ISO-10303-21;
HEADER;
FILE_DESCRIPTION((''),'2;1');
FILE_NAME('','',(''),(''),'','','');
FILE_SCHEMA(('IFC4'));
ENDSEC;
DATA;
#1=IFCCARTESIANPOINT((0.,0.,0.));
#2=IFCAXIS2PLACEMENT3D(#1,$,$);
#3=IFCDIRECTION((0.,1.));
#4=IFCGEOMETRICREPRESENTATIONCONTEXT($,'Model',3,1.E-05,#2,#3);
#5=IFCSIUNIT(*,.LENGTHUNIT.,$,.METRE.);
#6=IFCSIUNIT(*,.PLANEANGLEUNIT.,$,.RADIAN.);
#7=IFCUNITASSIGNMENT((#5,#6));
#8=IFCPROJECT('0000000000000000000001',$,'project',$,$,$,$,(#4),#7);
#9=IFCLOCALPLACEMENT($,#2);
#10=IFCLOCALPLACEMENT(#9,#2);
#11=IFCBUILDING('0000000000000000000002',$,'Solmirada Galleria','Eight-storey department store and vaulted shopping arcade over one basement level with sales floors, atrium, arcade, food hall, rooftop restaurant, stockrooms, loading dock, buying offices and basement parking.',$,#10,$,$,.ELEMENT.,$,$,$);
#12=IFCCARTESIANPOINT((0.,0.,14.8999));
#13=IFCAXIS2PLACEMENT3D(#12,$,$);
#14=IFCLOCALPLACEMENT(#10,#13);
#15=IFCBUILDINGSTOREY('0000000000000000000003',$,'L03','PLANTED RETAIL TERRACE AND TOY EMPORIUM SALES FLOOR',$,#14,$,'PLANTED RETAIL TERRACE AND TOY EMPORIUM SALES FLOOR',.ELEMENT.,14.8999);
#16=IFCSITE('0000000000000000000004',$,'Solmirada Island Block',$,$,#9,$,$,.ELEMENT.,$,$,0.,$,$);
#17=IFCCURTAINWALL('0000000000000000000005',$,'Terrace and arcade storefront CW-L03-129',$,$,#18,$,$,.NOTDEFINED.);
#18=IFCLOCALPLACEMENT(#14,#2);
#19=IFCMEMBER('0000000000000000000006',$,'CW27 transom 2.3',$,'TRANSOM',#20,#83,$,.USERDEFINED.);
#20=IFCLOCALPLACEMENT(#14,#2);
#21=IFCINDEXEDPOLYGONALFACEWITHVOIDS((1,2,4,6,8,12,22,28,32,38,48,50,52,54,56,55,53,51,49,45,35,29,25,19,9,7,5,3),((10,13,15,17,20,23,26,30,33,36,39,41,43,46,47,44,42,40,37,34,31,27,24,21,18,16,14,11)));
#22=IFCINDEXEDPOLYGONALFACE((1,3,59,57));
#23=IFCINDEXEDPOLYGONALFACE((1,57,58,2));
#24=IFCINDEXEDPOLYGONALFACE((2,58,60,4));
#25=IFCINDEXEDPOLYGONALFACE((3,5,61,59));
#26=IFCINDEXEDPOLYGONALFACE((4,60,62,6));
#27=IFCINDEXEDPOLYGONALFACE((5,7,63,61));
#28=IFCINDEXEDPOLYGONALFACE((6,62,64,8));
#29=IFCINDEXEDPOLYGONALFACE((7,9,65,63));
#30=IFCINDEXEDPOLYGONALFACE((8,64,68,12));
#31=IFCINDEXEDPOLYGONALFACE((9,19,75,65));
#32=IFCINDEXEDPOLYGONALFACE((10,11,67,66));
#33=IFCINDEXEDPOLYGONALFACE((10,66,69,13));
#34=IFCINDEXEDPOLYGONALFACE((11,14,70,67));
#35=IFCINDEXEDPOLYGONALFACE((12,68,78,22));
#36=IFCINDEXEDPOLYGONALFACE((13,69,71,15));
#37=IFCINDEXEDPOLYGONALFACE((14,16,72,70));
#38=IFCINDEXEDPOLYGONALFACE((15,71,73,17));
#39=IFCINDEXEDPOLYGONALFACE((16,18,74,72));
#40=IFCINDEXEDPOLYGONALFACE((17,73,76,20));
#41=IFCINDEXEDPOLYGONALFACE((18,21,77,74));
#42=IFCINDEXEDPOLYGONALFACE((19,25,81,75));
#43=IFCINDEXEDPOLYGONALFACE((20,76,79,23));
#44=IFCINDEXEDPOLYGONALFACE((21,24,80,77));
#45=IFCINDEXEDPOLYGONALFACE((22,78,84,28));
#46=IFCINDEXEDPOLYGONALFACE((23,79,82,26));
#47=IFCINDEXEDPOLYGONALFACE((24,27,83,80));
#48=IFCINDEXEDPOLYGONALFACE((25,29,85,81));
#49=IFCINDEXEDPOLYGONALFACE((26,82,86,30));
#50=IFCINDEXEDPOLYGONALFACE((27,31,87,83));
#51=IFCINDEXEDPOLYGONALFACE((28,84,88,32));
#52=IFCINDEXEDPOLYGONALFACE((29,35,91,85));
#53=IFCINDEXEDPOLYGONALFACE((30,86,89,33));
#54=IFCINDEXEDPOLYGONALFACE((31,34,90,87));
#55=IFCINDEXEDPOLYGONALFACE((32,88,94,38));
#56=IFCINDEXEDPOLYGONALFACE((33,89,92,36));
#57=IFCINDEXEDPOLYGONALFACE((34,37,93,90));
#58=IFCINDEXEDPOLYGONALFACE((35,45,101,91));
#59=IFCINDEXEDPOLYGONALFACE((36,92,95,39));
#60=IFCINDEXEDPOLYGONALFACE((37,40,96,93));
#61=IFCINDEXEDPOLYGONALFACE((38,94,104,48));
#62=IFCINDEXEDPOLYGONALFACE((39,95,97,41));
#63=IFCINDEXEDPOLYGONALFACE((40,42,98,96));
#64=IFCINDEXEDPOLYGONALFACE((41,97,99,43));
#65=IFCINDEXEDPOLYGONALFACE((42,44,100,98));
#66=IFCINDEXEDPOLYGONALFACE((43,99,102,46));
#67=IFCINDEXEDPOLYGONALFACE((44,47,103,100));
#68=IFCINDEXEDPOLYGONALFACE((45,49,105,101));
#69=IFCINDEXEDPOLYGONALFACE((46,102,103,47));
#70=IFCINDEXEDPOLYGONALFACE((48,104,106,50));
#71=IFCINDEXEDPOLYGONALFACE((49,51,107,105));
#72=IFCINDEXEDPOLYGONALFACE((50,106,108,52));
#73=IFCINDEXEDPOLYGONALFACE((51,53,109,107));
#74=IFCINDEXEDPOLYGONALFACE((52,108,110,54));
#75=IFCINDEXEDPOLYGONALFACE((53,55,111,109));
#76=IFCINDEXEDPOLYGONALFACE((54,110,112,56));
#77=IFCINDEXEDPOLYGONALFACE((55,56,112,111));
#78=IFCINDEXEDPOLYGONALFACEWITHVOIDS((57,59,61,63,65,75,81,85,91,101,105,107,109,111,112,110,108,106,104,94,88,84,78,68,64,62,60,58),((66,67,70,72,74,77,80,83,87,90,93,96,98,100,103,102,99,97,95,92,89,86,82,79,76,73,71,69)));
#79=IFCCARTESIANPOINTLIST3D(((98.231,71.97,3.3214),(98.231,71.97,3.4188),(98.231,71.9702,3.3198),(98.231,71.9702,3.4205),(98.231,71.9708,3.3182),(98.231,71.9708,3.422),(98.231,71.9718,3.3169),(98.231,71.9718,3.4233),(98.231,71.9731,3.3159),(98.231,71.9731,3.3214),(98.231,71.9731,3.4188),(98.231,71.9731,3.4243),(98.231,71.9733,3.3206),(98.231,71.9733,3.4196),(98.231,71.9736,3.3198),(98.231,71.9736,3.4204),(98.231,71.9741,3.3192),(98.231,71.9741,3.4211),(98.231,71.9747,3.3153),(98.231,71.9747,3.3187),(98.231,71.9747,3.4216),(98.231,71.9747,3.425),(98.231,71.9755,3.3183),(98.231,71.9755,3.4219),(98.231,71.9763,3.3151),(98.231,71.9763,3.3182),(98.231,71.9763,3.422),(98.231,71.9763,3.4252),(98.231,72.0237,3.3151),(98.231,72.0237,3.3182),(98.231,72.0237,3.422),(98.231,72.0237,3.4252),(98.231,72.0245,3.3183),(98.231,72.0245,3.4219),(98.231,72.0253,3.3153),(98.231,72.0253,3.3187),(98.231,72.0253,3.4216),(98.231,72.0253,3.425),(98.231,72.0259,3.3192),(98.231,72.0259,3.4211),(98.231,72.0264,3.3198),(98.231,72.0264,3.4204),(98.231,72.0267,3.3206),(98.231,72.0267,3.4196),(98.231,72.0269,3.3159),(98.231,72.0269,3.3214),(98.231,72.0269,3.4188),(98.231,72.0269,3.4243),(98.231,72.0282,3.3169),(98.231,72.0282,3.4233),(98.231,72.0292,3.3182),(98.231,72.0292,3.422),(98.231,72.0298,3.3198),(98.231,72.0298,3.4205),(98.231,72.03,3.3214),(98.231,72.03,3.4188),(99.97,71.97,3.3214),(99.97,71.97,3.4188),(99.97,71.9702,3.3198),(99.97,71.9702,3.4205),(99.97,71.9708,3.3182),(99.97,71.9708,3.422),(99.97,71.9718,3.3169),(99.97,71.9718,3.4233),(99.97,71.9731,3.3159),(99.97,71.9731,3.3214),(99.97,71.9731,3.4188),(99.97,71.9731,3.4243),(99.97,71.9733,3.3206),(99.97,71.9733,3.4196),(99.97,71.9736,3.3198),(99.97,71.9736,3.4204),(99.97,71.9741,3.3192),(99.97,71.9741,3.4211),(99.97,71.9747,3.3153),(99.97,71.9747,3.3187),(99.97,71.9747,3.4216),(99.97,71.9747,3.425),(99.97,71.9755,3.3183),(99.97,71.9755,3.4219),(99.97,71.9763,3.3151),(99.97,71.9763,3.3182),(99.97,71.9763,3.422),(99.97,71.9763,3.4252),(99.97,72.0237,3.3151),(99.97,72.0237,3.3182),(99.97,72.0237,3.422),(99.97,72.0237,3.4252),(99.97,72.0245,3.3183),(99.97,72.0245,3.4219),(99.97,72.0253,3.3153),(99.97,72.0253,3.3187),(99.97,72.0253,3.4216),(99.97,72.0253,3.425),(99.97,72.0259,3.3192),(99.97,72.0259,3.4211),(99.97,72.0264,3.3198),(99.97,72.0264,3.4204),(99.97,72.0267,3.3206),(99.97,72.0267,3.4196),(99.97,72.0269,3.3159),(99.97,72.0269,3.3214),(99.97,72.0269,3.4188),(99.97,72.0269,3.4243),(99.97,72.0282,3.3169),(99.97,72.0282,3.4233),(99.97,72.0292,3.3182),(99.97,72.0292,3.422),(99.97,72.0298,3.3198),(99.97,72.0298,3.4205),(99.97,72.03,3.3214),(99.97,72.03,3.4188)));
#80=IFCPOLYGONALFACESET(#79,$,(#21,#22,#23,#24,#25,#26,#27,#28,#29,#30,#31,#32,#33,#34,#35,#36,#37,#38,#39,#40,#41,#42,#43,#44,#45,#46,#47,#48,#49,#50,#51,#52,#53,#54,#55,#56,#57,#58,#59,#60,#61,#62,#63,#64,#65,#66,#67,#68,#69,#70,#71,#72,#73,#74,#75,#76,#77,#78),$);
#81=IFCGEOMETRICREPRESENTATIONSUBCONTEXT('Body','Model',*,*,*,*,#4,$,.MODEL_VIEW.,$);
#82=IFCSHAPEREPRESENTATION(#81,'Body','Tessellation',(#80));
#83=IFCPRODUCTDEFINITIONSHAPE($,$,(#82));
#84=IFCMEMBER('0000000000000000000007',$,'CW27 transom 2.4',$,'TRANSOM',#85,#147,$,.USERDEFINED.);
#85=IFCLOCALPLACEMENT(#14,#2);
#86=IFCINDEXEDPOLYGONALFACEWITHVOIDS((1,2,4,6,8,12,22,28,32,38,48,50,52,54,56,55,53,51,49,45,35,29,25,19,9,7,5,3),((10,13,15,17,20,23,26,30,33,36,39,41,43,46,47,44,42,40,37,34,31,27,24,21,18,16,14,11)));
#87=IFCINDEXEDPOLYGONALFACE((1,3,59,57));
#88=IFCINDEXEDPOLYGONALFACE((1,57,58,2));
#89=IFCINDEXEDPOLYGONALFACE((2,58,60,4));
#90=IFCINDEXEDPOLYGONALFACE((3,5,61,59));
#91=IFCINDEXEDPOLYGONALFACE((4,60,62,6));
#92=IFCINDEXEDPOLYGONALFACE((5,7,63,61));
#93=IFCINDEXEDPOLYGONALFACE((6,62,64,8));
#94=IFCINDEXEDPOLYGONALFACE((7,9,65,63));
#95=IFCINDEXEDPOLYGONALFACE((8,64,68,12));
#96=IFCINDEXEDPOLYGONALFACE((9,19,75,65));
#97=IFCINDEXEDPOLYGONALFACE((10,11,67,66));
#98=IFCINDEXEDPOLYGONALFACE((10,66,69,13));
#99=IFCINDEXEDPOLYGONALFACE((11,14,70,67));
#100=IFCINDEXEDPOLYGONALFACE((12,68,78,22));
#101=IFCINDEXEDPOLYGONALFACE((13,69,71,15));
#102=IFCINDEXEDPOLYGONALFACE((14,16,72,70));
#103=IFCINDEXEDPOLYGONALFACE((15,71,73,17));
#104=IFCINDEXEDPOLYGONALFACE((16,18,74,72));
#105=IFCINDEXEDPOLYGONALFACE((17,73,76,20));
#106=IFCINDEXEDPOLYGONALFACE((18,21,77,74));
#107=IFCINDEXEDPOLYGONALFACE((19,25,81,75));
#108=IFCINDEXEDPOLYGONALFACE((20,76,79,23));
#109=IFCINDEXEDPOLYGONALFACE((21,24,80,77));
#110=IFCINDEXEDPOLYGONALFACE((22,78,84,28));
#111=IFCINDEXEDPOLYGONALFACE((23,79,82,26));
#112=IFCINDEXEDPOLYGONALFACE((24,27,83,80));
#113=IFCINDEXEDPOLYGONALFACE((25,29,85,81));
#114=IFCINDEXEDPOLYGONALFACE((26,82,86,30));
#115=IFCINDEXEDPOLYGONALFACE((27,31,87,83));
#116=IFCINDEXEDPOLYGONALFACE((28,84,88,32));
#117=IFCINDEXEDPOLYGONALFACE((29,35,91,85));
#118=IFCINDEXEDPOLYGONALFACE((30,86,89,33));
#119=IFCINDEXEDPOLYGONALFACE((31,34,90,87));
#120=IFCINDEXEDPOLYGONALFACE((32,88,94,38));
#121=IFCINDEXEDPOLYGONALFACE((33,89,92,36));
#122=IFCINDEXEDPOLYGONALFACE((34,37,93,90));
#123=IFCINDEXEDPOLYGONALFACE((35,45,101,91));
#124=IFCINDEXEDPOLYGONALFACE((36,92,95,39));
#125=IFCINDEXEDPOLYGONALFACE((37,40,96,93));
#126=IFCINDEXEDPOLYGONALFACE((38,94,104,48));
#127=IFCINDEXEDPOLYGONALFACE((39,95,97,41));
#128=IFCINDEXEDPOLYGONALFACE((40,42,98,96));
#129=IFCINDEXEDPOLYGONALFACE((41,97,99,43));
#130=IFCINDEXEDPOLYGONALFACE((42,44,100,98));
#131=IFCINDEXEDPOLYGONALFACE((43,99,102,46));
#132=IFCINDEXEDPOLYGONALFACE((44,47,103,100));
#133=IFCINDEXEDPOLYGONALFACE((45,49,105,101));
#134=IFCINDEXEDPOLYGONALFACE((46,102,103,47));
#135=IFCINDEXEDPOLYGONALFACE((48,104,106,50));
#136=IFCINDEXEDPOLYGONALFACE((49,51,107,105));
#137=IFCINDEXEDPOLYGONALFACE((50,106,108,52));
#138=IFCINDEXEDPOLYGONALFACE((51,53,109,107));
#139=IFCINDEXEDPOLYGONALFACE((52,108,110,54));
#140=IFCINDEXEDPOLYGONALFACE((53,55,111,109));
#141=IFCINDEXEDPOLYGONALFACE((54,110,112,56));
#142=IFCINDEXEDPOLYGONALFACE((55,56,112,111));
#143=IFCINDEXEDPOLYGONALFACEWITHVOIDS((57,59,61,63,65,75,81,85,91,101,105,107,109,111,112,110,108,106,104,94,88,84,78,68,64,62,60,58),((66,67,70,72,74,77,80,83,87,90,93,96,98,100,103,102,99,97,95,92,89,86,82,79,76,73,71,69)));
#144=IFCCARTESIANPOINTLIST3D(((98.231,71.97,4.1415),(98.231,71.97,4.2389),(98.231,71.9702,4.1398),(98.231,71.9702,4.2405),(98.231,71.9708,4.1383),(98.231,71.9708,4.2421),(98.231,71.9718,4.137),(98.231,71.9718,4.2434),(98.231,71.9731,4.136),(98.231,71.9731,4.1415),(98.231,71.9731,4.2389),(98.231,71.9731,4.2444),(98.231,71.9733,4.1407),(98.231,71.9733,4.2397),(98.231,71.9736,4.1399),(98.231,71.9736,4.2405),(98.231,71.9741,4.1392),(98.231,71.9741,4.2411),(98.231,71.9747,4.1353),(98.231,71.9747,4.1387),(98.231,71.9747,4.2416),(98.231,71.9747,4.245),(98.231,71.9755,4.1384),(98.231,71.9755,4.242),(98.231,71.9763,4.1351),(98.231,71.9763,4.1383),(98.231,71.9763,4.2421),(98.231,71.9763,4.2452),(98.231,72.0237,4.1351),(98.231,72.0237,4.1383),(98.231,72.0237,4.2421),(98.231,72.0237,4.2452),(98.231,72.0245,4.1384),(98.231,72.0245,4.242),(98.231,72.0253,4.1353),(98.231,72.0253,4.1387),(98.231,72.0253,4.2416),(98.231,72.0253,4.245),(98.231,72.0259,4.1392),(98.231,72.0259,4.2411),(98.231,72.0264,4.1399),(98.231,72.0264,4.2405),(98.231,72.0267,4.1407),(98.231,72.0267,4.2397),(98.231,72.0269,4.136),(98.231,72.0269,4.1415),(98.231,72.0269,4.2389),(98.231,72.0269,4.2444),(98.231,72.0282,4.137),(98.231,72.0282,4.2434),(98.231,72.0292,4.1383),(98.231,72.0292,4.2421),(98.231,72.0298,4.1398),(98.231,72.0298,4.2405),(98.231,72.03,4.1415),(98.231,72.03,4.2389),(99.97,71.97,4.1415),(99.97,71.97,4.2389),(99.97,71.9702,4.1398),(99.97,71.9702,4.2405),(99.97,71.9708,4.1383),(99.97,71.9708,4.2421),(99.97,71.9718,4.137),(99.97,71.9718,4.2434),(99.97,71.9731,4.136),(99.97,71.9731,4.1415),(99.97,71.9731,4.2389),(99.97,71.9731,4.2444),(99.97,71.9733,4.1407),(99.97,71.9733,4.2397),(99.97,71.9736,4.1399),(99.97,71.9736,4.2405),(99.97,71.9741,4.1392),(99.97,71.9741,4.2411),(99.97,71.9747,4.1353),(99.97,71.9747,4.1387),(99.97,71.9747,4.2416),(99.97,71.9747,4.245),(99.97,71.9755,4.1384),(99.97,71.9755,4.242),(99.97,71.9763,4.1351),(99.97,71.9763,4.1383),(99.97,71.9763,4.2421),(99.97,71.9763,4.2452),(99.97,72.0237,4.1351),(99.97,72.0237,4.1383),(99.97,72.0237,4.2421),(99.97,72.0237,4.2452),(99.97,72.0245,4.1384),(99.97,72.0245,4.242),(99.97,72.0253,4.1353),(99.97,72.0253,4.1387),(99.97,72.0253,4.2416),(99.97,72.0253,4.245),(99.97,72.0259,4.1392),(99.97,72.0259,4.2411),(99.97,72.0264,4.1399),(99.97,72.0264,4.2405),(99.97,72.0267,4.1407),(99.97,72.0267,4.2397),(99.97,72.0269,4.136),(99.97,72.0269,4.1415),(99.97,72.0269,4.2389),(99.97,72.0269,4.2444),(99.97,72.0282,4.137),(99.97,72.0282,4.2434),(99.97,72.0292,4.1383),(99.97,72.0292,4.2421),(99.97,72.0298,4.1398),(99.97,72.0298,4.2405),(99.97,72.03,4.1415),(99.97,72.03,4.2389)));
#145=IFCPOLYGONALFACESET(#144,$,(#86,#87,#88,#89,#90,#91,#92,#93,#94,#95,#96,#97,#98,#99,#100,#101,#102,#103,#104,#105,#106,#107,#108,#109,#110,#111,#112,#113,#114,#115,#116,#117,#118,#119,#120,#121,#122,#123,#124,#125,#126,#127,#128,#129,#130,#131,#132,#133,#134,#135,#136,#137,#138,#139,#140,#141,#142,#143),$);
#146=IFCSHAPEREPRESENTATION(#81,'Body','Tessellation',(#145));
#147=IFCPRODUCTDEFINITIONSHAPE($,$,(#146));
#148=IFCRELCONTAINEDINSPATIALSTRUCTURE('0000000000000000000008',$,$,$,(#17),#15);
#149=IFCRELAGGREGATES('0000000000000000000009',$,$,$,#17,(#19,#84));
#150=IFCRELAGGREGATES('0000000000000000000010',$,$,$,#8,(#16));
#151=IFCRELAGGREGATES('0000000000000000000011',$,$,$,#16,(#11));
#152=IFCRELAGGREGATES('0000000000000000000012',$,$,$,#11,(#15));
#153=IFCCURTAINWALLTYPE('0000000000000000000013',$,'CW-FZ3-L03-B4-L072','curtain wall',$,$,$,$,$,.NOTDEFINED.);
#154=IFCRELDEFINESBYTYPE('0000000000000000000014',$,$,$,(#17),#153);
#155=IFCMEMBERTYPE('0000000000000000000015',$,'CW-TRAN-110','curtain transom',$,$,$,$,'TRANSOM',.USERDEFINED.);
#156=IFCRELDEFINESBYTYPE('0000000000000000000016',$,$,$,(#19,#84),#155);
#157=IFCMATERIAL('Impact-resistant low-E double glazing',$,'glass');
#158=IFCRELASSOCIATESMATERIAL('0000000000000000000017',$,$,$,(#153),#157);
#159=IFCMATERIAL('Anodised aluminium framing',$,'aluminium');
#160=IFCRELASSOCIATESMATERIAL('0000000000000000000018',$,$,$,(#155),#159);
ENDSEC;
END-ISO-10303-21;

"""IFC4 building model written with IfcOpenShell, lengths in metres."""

from ifc_helpers import new_model, si_unit, direction, frame, origin, origin_2d, place, context, subcontext, project, spatial, hollow_rectangle, extrude, material, material_profile, profile_set, type_object, element, aggregate, save


model = new_model("IFC4")

# Units and contexts
model_context = context("Model", 3, precision=1e-05, world=origin(), true_north=direction((0.0, 1.0)))
body_context = subcontext(model_context, "Body", "Model", "MODEL_VIEW")
ifc_project = project(units=[si_unit("LENGTHUNIT", "METRE"), si_unit("PLANEANGLEUNIT", "RADIAN")], contexts=[model_context])

# Site, building, storey
site_placement = place(None, origin())
site = spatial("IfcSite", under=ifc_project, at=site_placement, Name="Solmirada Island Block", CompositionType="ELEMENT", RefElevation=0.0)
building_placement = place(site_placement, origin())
building = spatial("IfcBuilding", under=site, at=building_placement, Name="Solmirada Galleria", Description="Eight-storey department store and vaulted shopping arcade over one basement level with sales floors, atrium, arcade, food hall, rooftop restaurant, stockrooms, loading dock, buying offices and basement parking.", CompositionType="ELEMENT")
storey_placement = place(building_placement, frame((0.0, 0.0, 14.8999)))
storey = spatial("IfcBuildingStorey", under=building, at=storey_placement, Name="L03", Description="PLANTED RETAIL TERRACE AND TOY EMPORIUM SALES FLOOR", LongName="PLANTED RETAIL TERRACE AND TOY EMPORIUM SALES FLOOR", CompositionType="ELEMENT", Elevation=14.8999)

# Shared definitions
ifc_material_1 = material(Name="Impact-resistant low-E double glazing", Category="glass")
curtain_wall_type = type_object("IfcCurtainWallType", Name="CW-FZ3-L03-B4-L072", Description="curtain wall", PredefinedType="NOTDEFINED", material=ifc_material_1)
ifc_material_2 = material(Name="Anodised aluminium framing", Category="aluminium")

# Curtain wall, members
curtain_wall_1_placement = place(storey_placement, origin())
curtain_wall_1 = element("IfcCurtainWall", 1, at=curtain_wall_1_placement, inside=storey, type_object=curtain_wall_type, Name="Terrace and arcade storefront CW-L03-129", PredefinedType="NOTDEFINED")
ifc_material_profile_1 = material_profile(ifc_material_2, hollow_rectangle(XDim=0.0601, YDim=0.1101, WallThickness=0.0032, InnerFilletRadius=0.0032, OuterFilletRadius=0.0063, at=origin_2d()), Name="ALU-TRAN-110X60")
ifc_profile_set_1 = profile_set([ifc_material_profile_1], Name="Anodised aluminium framing")
member_type_1 = type_object("IfcMemberType", Name="CW-TRAN-110", Description="curtain transom", ElementType="TRANSOM", PredefinedType="USERDEFINED", material=ifc_profile_set_1)
member_1_placement = place(storey_placement, frame((98.231, 72.0, 3.3701), z_axis=(1.0, 0.0, 0.0), x_axis=(0.0, 1.0, 0.0)))
member_1 = element("IfcMember", 2, at=member_1_placement, type_object=member_type_1, Name="CW27 transom 2.3", ObjectType="TRANSOM", PredefinedType="USERDEFINED", context=body_context, shape_type="SweptSolid", body=[
    extrude(hollow_rectangle(XDim=0.0601, YDim=0.1101, WallThickness=0.0032, InnerFilletRadius=0.0032, OuterFilletRadius=0.0063, at=origin_2d()), origin(), (0.0, 0.0, 1.0), 1.739),
])
member_2_placement = place(storey_placement, frame((98.231, 72.0, 4.1902), z_axis=(1.0, 0.0, 0.0), x_axis=(0.0, 1.0, 0.0)))
member_2 = element("IfcMember", 3, at=member_2_placement, type_object=member_type_1, Name="CW27 transom 2.4", ObjectType="TRANSOM", PredefinedType="USERDEFINED", context=body_context, shape_type="SweptSolid", body=[
    extrude(hollow_rectangle(XDim=0.0601, YDim=0.1101, WallThickness=0.0032, InnerFilletRadius=0.0032, OuterFilletRadius=0.0063, at=origin_2d()), origin(), (0.0, 0.0, 1.0), 1.739),
])

aggregate(curtain_wall_1, [member_1, member_2])

save(model, "model.ifc")
